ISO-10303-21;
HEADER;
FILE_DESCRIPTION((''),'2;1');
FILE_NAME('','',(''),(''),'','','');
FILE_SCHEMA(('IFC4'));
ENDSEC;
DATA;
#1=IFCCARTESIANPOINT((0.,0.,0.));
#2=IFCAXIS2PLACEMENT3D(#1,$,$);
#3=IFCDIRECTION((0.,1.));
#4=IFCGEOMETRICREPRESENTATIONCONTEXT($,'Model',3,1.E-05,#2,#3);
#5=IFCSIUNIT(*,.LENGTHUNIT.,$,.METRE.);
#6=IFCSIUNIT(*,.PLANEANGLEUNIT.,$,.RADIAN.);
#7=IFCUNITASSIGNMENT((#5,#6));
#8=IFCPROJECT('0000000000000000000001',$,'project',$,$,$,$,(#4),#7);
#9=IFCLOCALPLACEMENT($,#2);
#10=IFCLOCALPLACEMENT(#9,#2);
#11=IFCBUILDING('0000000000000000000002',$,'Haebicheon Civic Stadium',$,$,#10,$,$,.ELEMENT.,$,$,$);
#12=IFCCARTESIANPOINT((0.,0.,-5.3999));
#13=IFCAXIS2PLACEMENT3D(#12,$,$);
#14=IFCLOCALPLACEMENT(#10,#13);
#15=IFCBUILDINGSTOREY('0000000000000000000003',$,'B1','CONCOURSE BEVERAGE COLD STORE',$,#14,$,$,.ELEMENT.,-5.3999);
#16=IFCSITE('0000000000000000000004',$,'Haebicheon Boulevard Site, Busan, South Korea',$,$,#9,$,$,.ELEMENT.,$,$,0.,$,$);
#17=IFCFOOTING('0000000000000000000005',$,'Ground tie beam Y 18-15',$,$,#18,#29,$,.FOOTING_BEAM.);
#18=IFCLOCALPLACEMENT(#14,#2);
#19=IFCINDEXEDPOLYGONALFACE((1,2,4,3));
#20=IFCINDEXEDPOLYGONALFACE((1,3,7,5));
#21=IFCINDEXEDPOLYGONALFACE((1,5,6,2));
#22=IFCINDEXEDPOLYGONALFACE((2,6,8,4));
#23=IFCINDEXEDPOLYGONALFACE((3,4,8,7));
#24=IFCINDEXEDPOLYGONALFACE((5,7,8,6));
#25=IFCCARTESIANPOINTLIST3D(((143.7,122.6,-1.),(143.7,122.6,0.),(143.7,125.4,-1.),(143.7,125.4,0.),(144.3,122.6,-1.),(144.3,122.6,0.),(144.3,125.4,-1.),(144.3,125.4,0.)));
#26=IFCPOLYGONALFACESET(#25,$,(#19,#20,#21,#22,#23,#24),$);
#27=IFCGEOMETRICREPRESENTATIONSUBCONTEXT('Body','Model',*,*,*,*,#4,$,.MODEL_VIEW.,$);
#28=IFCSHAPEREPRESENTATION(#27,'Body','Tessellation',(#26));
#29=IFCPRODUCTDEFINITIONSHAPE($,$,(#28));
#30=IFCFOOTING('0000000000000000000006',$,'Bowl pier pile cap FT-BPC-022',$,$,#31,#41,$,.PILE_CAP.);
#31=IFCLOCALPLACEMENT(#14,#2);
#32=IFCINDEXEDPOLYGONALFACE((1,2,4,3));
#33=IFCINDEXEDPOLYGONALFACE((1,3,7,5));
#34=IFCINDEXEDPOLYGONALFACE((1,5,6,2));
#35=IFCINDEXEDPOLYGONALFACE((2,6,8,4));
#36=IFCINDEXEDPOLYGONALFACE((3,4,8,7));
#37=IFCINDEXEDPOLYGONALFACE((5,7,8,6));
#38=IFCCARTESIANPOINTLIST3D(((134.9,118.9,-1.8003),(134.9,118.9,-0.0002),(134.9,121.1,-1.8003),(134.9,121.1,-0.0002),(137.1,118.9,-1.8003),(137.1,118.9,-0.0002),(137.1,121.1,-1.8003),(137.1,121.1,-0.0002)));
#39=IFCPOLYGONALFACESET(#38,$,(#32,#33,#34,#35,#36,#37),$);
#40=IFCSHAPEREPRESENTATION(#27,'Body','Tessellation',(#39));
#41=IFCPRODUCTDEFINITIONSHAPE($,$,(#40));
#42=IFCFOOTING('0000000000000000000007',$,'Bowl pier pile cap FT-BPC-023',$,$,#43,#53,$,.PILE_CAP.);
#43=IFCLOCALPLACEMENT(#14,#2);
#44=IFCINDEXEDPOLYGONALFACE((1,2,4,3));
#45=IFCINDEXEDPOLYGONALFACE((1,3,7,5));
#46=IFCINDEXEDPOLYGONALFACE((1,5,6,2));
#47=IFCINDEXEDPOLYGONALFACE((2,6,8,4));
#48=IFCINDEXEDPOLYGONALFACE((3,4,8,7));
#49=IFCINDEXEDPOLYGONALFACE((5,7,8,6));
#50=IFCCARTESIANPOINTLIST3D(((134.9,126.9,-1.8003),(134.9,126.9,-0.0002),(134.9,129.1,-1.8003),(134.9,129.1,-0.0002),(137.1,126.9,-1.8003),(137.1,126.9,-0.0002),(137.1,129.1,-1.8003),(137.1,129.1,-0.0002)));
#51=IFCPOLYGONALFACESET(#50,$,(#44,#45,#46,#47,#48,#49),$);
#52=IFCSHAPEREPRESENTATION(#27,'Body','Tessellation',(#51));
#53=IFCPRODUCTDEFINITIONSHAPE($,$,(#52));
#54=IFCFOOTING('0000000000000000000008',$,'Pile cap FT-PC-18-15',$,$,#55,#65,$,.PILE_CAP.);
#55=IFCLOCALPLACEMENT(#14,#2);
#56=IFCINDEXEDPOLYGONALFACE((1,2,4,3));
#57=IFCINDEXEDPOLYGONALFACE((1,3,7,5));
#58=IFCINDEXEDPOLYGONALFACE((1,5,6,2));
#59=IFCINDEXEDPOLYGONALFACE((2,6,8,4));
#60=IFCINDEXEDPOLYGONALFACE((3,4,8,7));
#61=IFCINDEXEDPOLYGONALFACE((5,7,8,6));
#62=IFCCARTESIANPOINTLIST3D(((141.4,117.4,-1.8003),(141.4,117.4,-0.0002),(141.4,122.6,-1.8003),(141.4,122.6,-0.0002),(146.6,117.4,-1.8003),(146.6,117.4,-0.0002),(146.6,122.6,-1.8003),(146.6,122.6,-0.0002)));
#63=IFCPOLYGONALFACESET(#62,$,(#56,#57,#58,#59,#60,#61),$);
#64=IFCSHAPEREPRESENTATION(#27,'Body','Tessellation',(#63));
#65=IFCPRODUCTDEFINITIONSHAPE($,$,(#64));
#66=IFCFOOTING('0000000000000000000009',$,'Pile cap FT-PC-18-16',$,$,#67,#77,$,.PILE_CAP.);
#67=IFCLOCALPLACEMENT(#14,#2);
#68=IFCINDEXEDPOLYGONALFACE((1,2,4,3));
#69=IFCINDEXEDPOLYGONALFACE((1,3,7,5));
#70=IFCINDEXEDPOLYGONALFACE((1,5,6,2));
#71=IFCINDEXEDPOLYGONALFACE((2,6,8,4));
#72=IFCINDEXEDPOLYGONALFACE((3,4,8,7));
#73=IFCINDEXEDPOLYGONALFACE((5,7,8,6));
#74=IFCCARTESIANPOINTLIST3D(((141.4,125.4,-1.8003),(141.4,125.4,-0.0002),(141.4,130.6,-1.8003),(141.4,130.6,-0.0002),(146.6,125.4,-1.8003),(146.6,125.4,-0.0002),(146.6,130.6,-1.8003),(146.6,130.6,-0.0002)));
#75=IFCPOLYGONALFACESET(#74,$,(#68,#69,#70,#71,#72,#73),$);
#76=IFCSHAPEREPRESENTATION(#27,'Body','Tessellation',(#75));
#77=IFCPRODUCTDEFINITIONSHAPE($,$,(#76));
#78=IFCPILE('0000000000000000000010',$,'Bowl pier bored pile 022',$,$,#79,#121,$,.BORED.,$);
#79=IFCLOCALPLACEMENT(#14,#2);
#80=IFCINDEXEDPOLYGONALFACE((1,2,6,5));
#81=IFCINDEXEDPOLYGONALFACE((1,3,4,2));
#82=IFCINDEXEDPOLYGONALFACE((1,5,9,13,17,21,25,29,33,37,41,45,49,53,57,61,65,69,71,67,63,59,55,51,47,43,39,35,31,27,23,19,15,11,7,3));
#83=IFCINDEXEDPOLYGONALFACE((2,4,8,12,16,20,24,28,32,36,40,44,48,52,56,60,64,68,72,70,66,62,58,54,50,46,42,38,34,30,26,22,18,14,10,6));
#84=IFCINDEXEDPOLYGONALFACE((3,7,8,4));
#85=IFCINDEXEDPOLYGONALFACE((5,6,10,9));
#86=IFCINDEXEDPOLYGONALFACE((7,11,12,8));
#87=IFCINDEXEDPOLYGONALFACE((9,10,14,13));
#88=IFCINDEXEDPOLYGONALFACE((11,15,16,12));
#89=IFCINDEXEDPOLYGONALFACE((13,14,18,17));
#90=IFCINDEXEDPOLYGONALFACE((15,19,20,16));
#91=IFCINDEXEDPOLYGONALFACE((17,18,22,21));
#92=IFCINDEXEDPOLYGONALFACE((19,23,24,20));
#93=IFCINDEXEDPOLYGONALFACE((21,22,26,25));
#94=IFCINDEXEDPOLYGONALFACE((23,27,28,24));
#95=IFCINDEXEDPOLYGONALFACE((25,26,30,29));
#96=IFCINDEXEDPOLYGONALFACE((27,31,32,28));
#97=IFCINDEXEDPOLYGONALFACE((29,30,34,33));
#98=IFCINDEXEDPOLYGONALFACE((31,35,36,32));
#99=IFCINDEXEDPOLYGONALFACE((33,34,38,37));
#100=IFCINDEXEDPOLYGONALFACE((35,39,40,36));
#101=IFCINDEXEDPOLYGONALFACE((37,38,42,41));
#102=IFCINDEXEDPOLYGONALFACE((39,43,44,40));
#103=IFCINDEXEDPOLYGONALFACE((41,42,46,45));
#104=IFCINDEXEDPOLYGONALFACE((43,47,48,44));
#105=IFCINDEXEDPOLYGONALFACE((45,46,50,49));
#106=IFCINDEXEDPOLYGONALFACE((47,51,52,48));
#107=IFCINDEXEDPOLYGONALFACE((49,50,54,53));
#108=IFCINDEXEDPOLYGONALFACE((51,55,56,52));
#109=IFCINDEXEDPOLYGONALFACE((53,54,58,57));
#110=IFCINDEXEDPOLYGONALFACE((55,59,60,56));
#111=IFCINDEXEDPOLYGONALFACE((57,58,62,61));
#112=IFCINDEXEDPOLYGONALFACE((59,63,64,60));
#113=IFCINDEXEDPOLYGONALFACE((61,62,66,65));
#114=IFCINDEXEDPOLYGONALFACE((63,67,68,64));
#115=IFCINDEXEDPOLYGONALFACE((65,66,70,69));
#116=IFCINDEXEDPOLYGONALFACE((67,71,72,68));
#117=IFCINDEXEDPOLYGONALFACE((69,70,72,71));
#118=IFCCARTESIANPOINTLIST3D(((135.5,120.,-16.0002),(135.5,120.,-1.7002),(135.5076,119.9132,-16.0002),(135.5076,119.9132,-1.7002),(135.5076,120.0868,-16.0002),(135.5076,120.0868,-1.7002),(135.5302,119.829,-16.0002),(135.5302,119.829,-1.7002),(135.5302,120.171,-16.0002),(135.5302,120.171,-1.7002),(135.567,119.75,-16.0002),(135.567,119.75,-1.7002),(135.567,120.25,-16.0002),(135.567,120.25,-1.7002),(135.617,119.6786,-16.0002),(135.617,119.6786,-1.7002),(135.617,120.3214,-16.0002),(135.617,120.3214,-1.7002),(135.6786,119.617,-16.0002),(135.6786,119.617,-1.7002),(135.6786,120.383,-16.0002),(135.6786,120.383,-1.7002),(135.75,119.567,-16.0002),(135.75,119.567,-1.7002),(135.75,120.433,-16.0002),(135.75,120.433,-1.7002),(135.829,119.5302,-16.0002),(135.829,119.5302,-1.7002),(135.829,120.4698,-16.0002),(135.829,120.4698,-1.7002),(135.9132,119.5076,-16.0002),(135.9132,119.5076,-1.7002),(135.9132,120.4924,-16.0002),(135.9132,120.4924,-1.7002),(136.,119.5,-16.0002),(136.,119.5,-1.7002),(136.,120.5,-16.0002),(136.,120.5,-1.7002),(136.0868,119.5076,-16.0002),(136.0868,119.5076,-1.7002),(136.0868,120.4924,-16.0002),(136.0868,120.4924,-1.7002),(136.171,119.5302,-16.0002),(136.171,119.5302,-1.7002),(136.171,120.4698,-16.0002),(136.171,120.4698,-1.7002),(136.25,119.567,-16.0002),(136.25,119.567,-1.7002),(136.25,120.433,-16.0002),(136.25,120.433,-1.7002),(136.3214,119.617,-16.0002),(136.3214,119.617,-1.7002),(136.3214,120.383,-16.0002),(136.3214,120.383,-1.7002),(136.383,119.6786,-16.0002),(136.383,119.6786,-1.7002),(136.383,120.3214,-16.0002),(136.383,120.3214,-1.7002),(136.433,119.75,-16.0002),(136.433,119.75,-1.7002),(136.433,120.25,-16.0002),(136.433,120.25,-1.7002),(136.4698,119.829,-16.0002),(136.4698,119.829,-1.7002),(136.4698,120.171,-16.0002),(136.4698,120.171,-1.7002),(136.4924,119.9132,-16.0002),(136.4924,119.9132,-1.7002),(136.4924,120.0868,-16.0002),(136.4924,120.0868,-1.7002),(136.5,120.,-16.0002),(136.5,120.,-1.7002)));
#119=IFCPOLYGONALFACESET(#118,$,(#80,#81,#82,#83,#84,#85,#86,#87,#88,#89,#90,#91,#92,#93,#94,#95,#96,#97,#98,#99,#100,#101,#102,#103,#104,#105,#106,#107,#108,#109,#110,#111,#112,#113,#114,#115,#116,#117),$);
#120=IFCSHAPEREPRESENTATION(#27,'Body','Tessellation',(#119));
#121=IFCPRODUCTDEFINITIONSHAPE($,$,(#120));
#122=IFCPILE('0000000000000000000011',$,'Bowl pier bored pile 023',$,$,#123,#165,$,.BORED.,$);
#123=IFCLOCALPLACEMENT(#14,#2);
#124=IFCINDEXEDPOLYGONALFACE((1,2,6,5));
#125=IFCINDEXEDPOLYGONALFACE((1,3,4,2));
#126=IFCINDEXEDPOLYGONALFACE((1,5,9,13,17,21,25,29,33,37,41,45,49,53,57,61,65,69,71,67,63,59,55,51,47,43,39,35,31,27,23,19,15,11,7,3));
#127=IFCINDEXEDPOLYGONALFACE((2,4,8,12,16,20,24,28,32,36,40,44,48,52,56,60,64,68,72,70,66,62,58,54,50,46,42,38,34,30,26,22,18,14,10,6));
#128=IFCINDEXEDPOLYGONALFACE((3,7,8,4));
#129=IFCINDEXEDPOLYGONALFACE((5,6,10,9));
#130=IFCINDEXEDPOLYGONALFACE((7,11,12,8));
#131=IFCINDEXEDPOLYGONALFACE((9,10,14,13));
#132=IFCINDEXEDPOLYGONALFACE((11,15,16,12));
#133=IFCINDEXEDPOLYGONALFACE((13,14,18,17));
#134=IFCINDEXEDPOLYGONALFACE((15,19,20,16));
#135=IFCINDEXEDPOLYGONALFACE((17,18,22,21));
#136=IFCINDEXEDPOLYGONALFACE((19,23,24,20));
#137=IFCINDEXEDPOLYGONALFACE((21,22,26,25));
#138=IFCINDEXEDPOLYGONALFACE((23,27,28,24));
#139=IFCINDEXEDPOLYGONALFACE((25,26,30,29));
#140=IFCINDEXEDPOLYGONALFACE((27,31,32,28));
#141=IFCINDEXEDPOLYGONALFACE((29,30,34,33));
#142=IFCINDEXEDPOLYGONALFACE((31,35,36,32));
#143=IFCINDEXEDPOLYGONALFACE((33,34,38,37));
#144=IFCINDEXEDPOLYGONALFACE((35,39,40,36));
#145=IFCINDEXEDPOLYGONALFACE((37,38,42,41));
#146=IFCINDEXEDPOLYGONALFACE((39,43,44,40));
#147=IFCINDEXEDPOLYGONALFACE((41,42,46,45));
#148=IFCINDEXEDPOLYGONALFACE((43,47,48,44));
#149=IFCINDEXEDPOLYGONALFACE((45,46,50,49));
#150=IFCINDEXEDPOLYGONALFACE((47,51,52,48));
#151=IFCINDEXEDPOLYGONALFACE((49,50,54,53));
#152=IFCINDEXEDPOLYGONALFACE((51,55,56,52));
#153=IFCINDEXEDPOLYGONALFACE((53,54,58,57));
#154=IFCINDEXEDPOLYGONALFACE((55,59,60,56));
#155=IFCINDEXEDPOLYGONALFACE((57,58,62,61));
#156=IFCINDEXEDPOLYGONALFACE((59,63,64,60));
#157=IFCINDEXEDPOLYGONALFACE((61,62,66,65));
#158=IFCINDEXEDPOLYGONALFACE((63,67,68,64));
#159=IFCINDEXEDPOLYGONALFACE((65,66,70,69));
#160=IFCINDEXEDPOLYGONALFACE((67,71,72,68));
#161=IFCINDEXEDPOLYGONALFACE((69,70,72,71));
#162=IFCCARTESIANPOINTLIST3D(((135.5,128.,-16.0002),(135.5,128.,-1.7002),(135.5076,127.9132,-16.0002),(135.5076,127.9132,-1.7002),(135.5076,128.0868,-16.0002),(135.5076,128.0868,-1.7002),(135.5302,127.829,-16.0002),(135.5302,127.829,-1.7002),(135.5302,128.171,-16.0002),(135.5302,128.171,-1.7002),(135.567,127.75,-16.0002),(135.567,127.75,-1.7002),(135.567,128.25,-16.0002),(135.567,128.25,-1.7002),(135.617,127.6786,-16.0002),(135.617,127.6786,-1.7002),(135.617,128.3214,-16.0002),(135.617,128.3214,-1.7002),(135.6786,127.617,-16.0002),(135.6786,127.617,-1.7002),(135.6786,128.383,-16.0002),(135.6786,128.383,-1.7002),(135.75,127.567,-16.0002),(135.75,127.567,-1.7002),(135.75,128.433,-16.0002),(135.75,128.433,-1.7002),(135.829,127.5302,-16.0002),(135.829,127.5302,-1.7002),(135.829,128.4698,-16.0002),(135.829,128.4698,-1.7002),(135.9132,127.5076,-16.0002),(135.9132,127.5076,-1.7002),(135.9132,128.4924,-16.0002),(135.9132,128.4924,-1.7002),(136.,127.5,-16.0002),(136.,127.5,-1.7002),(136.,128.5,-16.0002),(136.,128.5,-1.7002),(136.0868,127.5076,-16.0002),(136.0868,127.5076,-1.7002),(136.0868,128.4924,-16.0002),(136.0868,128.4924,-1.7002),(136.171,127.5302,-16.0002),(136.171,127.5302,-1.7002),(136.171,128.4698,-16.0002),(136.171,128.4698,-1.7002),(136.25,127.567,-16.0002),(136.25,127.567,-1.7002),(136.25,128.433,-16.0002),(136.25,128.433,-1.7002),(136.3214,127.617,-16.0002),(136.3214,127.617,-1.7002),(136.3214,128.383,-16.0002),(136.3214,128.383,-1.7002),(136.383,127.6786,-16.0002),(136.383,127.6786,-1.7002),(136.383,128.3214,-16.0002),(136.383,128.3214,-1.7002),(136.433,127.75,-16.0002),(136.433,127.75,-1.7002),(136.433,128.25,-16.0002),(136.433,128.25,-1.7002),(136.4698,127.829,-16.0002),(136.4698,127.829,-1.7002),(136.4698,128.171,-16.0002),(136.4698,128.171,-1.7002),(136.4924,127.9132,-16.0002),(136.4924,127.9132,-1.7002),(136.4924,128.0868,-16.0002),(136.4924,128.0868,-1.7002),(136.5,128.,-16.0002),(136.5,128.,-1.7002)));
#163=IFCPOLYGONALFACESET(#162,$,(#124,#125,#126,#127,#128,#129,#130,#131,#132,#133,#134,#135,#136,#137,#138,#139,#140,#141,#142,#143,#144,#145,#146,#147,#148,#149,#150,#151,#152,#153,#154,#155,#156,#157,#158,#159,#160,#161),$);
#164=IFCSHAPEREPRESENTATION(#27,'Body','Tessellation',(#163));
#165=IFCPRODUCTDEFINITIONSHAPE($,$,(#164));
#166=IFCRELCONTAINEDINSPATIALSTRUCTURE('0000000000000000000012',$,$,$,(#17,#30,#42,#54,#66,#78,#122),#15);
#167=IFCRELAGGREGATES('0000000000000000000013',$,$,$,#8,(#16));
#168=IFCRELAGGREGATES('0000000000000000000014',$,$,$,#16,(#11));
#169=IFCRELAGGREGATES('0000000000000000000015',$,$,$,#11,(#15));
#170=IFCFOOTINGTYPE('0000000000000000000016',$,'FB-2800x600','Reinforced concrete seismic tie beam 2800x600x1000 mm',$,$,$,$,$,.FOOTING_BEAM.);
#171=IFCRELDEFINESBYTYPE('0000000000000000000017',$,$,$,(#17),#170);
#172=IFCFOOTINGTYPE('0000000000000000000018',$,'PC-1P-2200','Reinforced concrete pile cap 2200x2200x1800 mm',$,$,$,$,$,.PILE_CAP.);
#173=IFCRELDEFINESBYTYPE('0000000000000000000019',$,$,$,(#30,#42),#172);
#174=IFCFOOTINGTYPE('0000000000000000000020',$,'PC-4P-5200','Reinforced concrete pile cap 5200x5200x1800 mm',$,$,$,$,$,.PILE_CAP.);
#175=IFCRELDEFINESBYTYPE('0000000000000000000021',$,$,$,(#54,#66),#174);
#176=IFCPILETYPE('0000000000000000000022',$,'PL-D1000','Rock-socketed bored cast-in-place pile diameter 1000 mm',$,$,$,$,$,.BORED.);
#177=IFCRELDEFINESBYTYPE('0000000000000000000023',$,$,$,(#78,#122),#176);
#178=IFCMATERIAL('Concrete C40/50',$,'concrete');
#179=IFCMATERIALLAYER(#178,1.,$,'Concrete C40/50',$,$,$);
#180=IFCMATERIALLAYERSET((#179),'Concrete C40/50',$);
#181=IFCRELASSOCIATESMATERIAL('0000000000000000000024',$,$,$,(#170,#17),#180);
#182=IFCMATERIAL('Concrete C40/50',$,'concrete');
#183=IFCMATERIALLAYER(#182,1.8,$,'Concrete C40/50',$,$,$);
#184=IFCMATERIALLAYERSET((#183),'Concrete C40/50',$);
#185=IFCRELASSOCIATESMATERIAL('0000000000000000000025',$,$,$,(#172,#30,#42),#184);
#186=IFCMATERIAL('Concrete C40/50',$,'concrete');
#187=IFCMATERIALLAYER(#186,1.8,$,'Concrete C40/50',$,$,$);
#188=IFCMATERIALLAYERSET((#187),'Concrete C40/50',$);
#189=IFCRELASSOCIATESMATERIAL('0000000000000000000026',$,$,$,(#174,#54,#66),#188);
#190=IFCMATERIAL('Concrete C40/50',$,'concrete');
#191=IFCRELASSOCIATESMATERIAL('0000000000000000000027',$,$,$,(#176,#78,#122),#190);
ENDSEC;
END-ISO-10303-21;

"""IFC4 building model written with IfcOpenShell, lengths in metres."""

from ifc_helpers import new_model, si_unit, direction, frame, origin, origin_2d, place, context, subcontext, project, spatial, rectangle, circle, extrude, material, layer, layer_set, material_profile, profile_set, type_object, element, save


model = new_model("IFC4")

# Units and contexts
model_context = context("Model", 3, precision=1e-05, world=origin(), true_north=direction((0.0, 1.0)))
body_context = subcontext(model_context, "Body", "Model", "MODEL_VIEW")
ifc_project = project(units=[si_unit("LENGTHUNIT", "METRE"), si_unit("PLANEANGLEUNIT", "RADIAN")], contexts=[model_context])

# Site, building, storey
site_placement = place(None, origin())
site = spatial("IfcSite", under=ifc_project, at=site_placement, Name="Haebicheon Boulevard Site, Busan, South Korea", CompositionType="ELEMENT", RefElevation=0.0)
building_placement = place(site_placement, origin())
building = spatial("IfcBuilding", under=site, at=building_placement, Name="Haebicheon Civic Stadium", CompositionType="ELEMENT")
storey_placement = place(building_placement, frame((0.0, 0.0, -5.3999)))
storey = spatial("IfcBuildingStorey", under=building, at=storey_placement, Name="B1", Description="CONCOURSE BEVERAGE COLD STORE", CompositionType="ELEMENT", Elevation=-5.3999)

# Footings
ifc_material_1 = material(Name="Concrete C40/50", Category="concrete")
ifc_layer_1 = layer(ifc_material_1, 1.0, Name="Concrete C40/50")
ifc_layer_set_1 = layer_set([ifc_layer_1], Name="Concrete C40/50")
footing_type_1 = type_object("IfcFootingType", Name="FB-2800x600", Description="Reinforced concrete seismic tie beam 2800x600x1000 mm", PredefinedType="FOOTING_BEAM", material=ifc_layer_set_1)
footing_placement = place(storey_placement, frame((144.0, 124.0, -1.0), z_axis=(0.0, 0.0, 1.0), x_axis=(0.0, 1.0, 0.0)))
element("IfcFooting", 1, at=footing_placement, inside=storey, type_object=footing_type_1, material=ifc_layer_set_1, Name="Ground tie beam Y 18-15", PredefinedType="FOOTING_BEAM", context=body_context, shape_type="SweptSolid", body=[
    extrude(rectangle(XDim=2.8, YDim=0.6001, at=origin_2d()), origin(), (0.0, 0.0, 1.0), 1.0),
])
ifc_material_2 = material(Name="Concrete C40/50", Category="concrete")
ifc_layer_2 = layer(ifc_material_2, 1.8, Name="Concrete C40/50")
ifc_layer_set_2 = layer_set([ifc_layer_2], Name="Concrete C40/50")
footing_type_2 = type_object("IfcFootingType", Name="PC-1P-2200", Description="Reinforced concrete pile cap 2200x2200x1800 mm", PredefinedType="PILE_CAP", material=ifc_layer_set_2)
for number, where, z_axis, x_axis, name in (
    (2, (136.0, 120.0, -1.8003), (0.0, 0.0, 1.0), (1.0, 0.0, 0.0), "Bowl pier pile cap FT-BPC-022"),
    (3, (136.0, 128.0, -1.8003), (0.0, 0.0, 1.0), (1.0, 0.0, 0.0), "Bowl pier pile cap FT-BPC-023"),
):
    element("IfcFooting", number, at=place(storey_placement, frame(where, z_axis=z_axis, x_axis=x_axis)), inside=storey, type_object=footing_type_2, material=ifc_layer_set_2, Name=name, PredefinedType="PILE_CAP", context=body_context, shape_type="SweptSolid", body=[
        extrude(rectangle(XDim=2.2, YDim=2.2, at=origin_2d()), origin(), (0.0, 0.0, 1.0), 1.8),
    ])
ifc_material_3 = material(Name="Concrete C40/50", Category="concrete")
ifc_layer_3 = layer(ifc_material_3, 1.8, Name="Concrete C40/50")
ifc_layer_set_3 = layer_set([ifc_layer_3], Name="Concrete C40/50")
footing_type_3 = type_object("IfcFootingType", Name="PC-4P-5200", Description="Reinforced concrete pile cap 5200x5200x1800 mm", PredefinedType="PILE_CAP", material=ifc_layer_set_3)
for number, where, z_axis, x_axis, name in (
    (4, (144.0, 120.0, -1.8003), (0.0, 0.0, 1.0), (1.0, 0.0, 0.0), "Pile cap FT-PC-18-15"),
    (5, (144.0, 128.0, -1.8003), (0.0, 0.0, 1.0), (1.0, 0.0, 0.0), "Pile cap FT-PC-18-16"),
):
    element("IfcFooting", number, at=place(storey_placement, frame(where, z_axis=z_axis, x_axis=x_axis)), inside=storey, type_object=footing_type_3, material=ifc_layer_set_3, Name=name, PredefinedType="PILE_CAP", context=body_context, shape_type="SweptSolid", body=[
        extrude(rectangle(XDim=5.2, YDim=5.2, at=origin_2d()), origin(), (0.0, 0.0, 1.0), 1.8),
    ])

# Piles
ifc_material_4 = material(Name="Concrete C40/50", Category="concrete")
ifc_material_profile_1 = material_profile(ifc_material_4, circle(Radius=0.5, at=origin_2d()), Name="PILE-D1000")
ifc_profile_set_1 = profile_set([ifc_material_profile_1], Name="Concrete C40/50")
pile_type_1 = type_object("IfcPileType", Name="PL-D1000", Description="Rock-socketed bored cast-in-place pile diameter 1000 mm", PredefinedType="BORED", material=ifc_profile_set_1)
for number, where, z_axis, x_axis, name in (
    (6, (136.0, 120.0, -1.7002), (0.0, 0.0, -1.0), (1.0, 0.0, 0.0), "Bowl pier bored pile 022"),
    (7, (136.0, 128.0, -1.7002), (0.0, 0.0, -1.0), (1.0, 0.0, 0.0), "Bowl pier bored pile 023"),
):
    element("IfcPile", number, at=place(storey_placement, frame(where, z_axis=z_axis, x_axis=x_axis)), inside=storey, type_object=pile_type_1, material=ifc_profile_set_1, Name=name, PredefinedType="BORED", context=body_context, shape_type="SweptSolid", body=[
        extrude(circle(Radius=0.5, at=origin_2d()), origin(), (0.0, 0.0, 1.0), 14.3),
    ])

save(model, "model.ifc")
